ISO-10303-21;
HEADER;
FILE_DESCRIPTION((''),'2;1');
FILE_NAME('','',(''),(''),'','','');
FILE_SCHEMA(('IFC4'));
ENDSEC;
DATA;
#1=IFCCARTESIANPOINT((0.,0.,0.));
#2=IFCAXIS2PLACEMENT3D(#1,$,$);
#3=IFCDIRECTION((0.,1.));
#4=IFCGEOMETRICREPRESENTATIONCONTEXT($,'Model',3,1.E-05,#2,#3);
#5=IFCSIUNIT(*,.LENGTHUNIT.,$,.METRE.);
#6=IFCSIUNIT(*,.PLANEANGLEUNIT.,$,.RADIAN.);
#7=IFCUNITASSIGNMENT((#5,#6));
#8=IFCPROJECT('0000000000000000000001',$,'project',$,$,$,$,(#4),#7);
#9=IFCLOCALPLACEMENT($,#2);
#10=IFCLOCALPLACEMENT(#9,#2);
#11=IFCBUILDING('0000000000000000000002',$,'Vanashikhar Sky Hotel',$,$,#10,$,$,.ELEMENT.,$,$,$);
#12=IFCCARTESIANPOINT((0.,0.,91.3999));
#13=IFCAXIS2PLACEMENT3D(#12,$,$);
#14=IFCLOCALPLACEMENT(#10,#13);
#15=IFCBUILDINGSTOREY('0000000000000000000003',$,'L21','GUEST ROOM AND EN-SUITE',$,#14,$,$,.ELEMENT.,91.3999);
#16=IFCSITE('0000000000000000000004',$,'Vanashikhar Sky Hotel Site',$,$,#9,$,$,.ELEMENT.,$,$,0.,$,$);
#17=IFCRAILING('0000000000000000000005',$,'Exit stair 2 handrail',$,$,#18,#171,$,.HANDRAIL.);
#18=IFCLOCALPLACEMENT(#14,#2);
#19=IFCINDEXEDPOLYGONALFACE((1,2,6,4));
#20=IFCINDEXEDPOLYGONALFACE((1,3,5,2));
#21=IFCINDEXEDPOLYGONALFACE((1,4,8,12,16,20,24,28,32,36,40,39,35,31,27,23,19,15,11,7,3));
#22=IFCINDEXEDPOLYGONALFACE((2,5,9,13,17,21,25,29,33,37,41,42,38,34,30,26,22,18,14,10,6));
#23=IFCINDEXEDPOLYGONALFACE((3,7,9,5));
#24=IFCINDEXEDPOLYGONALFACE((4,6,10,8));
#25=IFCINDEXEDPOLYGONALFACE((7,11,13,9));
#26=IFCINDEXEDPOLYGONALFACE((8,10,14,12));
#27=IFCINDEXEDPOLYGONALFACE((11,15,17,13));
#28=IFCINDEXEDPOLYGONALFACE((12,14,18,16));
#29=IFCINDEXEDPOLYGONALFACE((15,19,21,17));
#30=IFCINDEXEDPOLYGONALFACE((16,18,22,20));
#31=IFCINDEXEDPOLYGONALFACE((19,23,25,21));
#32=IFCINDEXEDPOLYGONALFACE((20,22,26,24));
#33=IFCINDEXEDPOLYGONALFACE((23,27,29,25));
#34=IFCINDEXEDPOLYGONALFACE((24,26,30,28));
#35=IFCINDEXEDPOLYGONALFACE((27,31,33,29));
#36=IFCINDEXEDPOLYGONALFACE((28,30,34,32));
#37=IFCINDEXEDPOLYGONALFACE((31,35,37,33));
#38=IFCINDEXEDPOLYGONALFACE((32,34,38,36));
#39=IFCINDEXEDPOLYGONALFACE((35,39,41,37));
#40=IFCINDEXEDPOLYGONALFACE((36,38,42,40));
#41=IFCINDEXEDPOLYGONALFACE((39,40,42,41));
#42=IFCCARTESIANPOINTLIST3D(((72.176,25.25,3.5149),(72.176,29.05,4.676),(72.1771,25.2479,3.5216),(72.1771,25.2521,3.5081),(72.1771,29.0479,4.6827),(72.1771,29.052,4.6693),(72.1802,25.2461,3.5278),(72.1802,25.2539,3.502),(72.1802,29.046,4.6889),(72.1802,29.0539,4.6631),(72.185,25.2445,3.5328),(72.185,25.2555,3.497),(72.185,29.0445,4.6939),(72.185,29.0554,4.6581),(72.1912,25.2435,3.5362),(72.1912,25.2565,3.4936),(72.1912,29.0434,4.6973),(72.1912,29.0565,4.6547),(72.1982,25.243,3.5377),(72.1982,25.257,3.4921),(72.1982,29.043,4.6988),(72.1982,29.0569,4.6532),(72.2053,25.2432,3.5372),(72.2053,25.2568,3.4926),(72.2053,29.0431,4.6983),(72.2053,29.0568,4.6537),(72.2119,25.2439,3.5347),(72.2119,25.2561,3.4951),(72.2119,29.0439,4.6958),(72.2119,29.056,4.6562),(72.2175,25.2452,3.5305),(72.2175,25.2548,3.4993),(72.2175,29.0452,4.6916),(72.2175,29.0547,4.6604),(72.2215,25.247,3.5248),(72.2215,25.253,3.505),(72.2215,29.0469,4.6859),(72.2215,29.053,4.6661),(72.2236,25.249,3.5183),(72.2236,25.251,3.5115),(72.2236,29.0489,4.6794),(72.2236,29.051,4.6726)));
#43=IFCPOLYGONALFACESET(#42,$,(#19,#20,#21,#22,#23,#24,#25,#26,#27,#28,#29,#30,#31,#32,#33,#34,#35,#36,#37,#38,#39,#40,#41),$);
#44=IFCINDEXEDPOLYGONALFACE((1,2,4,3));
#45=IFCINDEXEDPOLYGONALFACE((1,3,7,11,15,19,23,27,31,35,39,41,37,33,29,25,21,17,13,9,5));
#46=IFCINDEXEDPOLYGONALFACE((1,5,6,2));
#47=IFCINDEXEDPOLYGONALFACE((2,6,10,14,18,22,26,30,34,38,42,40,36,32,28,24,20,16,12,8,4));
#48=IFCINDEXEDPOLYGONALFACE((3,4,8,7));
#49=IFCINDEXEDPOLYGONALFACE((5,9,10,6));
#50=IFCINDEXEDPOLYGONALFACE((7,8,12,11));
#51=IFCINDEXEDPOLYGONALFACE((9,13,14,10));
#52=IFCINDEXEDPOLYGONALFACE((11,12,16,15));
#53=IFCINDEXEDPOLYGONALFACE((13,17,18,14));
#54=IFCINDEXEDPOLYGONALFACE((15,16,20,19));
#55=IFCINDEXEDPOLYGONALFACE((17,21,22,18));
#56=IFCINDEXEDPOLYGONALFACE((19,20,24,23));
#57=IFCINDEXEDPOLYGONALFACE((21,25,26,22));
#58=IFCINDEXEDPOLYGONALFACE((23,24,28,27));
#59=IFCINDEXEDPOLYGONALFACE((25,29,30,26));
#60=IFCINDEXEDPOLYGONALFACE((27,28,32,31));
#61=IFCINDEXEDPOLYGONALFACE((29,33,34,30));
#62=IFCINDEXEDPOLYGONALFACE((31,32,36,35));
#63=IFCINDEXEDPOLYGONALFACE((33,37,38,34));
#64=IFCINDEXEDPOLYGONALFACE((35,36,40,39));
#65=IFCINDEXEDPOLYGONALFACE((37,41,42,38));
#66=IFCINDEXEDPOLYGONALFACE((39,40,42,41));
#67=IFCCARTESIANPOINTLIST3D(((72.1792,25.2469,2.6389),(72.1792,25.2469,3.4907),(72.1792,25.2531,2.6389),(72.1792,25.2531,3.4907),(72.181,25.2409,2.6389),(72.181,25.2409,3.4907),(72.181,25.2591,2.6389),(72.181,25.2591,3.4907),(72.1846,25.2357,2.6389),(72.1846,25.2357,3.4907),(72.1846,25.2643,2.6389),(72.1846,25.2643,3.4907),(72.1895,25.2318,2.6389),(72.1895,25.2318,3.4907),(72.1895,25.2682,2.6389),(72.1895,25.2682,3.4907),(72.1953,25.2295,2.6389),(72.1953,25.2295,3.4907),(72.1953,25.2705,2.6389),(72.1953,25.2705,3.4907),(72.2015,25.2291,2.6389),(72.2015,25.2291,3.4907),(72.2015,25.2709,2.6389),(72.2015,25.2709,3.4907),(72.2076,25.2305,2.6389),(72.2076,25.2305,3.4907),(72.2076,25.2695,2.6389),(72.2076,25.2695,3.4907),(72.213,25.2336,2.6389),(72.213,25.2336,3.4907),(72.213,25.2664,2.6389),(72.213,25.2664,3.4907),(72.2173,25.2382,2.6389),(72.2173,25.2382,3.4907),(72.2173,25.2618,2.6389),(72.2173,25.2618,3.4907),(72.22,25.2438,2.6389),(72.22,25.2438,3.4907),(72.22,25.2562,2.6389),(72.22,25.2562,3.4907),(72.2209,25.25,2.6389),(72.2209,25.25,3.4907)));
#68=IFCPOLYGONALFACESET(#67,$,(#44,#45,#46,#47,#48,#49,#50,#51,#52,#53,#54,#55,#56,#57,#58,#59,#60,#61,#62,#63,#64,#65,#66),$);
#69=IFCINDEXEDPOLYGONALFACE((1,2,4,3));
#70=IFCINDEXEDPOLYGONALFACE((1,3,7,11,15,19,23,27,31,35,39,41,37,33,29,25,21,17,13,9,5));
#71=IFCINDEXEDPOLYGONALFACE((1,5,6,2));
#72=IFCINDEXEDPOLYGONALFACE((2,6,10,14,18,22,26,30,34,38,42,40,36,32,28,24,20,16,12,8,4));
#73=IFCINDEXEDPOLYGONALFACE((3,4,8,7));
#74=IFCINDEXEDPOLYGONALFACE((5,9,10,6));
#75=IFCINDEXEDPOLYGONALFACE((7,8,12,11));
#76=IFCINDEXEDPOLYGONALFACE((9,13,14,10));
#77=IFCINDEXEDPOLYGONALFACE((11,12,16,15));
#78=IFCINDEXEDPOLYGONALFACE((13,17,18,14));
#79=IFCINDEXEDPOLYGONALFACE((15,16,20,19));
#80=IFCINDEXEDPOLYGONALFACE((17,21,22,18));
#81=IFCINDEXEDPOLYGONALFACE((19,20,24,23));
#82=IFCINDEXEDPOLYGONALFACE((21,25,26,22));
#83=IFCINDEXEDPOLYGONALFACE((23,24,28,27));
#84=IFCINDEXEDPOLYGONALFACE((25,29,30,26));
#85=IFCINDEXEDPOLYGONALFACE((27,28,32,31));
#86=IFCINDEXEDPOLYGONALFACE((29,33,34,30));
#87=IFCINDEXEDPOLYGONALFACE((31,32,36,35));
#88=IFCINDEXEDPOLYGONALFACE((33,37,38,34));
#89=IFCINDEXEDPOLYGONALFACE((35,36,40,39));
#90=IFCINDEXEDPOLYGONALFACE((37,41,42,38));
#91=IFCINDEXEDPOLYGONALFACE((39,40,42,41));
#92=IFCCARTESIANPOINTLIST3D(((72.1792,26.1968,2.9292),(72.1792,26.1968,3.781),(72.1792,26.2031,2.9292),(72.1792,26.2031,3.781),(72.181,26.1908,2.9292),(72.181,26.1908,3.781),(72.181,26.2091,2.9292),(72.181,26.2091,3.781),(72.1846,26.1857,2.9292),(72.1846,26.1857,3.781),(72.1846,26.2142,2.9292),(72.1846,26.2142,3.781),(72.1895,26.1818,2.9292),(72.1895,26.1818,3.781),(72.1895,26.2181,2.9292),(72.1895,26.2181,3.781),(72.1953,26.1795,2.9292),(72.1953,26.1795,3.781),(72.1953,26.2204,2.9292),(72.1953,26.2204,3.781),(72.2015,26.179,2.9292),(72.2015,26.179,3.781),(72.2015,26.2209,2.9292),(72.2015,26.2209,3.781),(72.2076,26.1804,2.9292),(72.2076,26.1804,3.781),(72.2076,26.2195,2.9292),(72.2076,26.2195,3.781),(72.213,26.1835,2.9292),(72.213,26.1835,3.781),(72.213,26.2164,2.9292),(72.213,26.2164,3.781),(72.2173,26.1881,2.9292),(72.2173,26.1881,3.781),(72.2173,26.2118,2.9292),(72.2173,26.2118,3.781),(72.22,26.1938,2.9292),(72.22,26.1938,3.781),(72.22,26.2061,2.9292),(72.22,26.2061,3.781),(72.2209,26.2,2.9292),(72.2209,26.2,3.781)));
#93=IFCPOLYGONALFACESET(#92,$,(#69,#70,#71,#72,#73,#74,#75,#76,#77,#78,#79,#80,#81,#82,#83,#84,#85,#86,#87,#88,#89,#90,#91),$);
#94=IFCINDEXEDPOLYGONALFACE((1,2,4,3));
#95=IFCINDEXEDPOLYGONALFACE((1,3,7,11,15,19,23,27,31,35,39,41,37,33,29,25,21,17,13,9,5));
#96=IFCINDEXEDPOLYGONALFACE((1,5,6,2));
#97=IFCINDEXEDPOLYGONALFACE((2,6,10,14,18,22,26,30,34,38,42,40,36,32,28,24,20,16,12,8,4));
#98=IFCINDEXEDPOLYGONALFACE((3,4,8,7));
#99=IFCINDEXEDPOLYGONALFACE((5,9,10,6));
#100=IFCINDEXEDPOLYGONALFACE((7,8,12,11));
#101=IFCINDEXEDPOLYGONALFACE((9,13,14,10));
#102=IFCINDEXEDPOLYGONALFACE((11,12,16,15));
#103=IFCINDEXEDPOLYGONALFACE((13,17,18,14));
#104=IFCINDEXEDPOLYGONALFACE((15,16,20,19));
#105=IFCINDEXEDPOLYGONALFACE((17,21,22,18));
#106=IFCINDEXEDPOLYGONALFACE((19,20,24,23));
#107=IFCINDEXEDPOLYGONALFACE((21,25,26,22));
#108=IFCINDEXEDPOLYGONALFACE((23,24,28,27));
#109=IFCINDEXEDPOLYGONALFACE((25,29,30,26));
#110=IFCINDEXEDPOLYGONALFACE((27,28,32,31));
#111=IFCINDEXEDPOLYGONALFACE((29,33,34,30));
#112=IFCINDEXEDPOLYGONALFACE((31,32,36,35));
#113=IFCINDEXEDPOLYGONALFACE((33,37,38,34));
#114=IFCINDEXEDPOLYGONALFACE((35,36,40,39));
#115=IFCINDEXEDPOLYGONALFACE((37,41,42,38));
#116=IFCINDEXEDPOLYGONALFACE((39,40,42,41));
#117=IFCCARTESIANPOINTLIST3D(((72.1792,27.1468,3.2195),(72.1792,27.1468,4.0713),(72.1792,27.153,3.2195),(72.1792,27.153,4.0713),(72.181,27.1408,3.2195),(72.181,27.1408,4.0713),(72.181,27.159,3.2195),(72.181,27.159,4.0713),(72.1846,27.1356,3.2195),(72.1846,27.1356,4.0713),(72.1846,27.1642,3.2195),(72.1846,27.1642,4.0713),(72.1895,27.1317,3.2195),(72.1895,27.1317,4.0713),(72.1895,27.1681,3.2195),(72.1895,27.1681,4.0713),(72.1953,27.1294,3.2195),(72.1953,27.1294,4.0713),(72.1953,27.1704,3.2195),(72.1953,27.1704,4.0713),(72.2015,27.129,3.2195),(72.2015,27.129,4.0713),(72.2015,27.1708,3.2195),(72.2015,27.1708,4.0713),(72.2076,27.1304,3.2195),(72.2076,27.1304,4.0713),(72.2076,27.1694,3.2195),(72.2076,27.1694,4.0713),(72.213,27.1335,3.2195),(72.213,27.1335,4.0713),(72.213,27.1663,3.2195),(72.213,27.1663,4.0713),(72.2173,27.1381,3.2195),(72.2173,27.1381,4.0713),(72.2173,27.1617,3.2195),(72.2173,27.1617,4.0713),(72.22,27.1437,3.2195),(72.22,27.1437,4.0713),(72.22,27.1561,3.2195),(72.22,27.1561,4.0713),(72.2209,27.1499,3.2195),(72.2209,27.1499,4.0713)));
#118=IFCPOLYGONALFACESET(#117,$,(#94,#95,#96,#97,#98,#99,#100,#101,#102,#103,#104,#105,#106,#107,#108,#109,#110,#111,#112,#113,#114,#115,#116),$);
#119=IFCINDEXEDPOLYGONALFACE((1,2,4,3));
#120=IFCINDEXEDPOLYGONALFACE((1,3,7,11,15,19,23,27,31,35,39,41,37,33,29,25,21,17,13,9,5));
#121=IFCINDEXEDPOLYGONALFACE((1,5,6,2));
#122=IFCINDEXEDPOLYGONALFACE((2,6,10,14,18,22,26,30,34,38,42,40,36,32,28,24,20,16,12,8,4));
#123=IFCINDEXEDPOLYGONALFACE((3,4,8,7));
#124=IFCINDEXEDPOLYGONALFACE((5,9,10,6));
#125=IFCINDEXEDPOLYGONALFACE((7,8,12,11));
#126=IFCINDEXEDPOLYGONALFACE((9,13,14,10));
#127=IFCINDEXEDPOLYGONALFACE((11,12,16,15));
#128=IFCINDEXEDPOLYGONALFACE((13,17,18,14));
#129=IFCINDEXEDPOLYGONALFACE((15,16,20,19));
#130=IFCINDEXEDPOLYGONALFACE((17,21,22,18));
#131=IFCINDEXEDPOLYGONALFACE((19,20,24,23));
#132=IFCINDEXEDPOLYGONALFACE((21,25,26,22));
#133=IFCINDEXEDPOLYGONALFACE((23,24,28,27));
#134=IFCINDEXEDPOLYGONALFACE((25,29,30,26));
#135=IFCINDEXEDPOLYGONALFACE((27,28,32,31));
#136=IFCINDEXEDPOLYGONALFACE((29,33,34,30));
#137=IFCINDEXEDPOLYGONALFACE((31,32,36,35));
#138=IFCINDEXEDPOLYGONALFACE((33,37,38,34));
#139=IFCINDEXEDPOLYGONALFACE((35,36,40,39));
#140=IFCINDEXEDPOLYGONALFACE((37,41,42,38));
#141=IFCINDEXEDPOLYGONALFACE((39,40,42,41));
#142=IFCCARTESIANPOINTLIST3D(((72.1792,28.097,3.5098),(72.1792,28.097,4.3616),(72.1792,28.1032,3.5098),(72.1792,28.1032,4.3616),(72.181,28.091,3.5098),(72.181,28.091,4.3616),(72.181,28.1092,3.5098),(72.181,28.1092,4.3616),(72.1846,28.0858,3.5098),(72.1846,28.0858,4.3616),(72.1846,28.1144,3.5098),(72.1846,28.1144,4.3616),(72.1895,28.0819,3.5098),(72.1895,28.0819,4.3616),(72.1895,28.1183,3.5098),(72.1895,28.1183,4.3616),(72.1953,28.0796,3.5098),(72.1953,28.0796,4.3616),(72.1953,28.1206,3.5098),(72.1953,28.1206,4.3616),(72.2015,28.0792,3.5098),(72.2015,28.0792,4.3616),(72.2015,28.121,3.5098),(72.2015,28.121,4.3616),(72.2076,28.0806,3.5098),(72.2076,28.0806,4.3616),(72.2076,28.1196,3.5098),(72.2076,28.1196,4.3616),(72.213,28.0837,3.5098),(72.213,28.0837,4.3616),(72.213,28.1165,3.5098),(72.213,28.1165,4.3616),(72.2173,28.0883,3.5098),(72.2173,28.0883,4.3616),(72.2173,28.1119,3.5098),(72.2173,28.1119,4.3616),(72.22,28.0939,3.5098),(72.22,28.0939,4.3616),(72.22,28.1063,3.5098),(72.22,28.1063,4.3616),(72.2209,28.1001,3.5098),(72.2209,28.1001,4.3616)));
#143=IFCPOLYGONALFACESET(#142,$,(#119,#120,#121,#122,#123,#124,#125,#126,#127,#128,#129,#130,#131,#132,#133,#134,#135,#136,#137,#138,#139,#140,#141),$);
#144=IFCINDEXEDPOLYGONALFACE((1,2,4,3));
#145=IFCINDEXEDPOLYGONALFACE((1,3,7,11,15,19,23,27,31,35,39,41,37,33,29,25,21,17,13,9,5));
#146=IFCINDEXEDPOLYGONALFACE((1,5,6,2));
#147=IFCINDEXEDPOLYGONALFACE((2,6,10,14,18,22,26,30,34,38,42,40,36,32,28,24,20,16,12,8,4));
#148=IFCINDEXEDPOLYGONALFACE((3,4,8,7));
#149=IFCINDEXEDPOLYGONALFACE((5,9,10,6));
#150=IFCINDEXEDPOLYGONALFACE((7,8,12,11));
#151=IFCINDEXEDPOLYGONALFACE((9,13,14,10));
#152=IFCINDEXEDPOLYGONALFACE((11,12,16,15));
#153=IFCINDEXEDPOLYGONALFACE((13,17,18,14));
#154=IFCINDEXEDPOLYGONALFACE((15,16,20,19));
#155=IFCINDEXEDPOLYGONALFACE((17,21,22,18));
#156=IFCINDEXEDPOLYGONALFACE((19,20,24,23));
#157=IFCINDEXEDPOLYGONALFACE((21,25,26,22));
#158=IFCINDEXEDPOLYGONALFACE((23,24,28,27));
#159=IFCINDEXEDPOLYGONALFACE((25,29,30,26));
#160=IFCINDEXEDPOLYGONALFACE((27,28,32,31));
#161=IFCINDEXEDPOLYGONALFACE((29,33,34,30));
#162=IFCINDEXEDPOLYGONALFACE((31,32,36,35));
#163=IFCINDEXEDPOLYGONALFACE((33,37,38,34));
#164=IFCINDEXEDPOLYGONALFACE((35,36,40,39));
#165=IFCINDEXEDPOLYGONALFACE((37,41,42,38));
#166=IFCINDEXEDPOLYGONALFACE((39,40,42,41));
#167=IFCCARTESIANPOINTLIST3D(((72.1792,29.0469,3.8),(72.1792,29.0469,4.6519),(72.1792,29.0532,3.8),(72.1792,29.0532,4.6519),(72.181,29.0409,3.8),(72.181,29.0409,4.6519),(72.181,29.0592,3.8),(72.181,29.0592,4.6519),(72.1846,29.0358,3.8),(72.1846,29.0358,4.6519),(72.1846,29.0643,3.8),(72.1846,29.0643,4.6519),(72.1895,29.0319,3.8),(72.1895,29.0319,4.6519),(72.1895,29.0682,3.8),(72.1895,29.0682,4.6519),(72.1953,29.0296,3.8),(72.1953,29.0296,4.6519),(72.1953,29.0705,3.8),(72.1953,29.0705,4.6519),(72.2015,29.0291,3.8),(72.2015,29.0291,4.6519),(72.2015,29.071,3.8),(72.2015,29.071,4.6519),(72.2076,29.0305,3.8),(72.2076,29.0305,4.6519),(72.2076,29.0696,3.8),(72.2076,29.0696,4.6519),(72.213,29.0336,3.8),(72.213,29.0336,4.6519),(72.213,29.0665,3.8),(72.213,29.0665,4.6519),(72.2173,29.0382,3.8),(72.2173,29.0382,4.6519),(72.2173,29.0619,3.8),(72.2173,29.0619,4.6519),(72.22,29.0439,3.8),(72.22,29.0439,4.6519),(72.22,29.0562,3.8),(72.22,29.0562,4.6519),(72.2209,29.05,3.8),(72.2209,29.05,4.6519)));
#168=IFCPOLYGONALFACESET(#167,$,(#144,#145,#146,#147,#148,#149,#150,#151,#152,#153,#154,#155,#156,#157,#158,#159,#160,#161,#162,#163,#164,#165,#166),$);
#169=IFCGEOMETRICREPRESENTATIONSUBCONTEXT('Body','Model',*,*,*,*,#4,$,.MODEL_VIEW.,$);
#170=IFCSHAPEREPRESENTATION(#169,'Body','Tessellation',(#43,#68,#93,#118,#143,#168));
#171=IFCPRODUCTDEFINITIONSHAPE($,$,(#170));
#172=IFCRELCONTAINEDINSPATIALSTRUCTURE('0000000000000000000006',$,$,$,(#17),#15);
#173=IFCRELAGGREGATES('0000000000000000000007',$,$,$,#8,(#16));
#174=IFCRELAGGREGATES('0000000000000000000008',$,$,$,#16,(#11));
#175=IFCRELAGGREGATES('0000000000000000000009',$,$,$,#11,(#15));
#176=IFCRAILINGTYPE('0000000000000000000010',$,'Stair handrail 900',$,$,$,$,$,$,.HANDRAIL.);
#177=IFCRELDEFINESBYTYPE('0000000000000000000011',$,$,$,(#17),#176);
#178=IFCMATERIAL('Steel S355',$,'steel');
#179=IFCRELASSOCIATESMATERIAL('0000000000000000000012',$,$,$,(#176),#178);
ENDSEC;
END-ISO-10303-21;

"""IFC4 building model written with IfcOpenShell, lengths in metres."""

from ifc_helpers import new_model, si_unit, direction, frame, origin, origin_2d, place, context, subcontext, project, spatial, circle, extrude, source, transform, mapped, material, type_object, element, save


model = new_model("IFC4")

# Units and contexts
model_context = context("Model", 3, precision=1e-05, world=origin(), true_north=direction((0.0, 1.0)))
body_context = subcontext(model_context, "Body", "Model", "MODEL_VIEW")
ifc_project = project(units=[si_unit("LENGTHUNIT", "METRE"), si_unit("PLANEANGLEUNIT", "RADIAN")], contexts=[model_context])

# Site, building, storey
site_placement = place(None, origin())
site = spatial("IfcSite", under=ifc_project, at=site_placement, Name="Vanashikhar Sky Hotel Site", CompositionType="ELEMENT", RefElevation=0.0)
building_placement = place(site_placement, origin())
building = spatial("IfcBuilding", under=site, at=building_placement, Name="Vanashikhar Sky Hotel", CompositionType="ELEMENT")
storey_placement = place(building_placement, frame((0.0, 0.0, 91.3999)))
storey = spatial("IfcBuildingStorey", under=building, at=storey_placement, Name="L21", Description="GUEST ROOM AND EN-SUITE", CompositionType="ELEMENT", Elevation=91.3999)

# Railing
ifc_material_1 = material(Name="Steel S355", Category="steel")
railing_type_1 = type_object("IfcRailingType", Name="Stair handrail 900", PredefinedType="HANDRAIL", material=ifc_material_1)
shared_shape_1 = source(origin(), body_context, "Body", "SweptSolid", [
    extrude(circle(Radius=0.0239, at=origin_2d()), frame((0.0, 0.0, 0.876), z_axis=(0.0, 0.956351, 0.29222), x_axis=(-1.0, 0.0, 0.0)), (0.0, 0.0, 1.0), 3.9734),
    extrude(circle(Radius=0.021, at=origin_2d()), origin(), (0.0, 0.0, 1.0), 0.8518),
    extrude(circle(Radius=0.021, at=origin_2d()), frame((0.0, 0.95, 0.2903)), (0.0, 0.0, 1.0), 0.8518),
    extrude(circle(Radius=0.021, at=origin_2d()), frame((0.0, 1.8999, 0.5806)), (0.0, 0.0, 1.0), 0.8518),
    extrude(circle(Radius=0.021, at=origin_2d()), frame((0.0, 2.8501, 0.8708)), (0.0, 0.0, 1.0), 0.8518),
    extrude(circle(Radius=0.021, at=origin_2d()), frame((0.0, 3.8, 1.1611)), (0.0, 0.0, 1.0), 0.8518),
])
for number, where, name in (
    (1, (72.2, 25.25, 2.6389), "Exit stair 2 handrail"),
):
    element("IfcRailing", number, at=place(storey_placement, frame(where)), inside=storey, type_object=railing_type_1, Name=name, PredefinedType="HANDRAIL", context=body_context, shape_type="MappedRepresentation", body=[
        mapped(shared_shape_1, transform((0.0, 0.0, 0.0), scale=1.0)),
    ])

save(model, "model.ifc")
